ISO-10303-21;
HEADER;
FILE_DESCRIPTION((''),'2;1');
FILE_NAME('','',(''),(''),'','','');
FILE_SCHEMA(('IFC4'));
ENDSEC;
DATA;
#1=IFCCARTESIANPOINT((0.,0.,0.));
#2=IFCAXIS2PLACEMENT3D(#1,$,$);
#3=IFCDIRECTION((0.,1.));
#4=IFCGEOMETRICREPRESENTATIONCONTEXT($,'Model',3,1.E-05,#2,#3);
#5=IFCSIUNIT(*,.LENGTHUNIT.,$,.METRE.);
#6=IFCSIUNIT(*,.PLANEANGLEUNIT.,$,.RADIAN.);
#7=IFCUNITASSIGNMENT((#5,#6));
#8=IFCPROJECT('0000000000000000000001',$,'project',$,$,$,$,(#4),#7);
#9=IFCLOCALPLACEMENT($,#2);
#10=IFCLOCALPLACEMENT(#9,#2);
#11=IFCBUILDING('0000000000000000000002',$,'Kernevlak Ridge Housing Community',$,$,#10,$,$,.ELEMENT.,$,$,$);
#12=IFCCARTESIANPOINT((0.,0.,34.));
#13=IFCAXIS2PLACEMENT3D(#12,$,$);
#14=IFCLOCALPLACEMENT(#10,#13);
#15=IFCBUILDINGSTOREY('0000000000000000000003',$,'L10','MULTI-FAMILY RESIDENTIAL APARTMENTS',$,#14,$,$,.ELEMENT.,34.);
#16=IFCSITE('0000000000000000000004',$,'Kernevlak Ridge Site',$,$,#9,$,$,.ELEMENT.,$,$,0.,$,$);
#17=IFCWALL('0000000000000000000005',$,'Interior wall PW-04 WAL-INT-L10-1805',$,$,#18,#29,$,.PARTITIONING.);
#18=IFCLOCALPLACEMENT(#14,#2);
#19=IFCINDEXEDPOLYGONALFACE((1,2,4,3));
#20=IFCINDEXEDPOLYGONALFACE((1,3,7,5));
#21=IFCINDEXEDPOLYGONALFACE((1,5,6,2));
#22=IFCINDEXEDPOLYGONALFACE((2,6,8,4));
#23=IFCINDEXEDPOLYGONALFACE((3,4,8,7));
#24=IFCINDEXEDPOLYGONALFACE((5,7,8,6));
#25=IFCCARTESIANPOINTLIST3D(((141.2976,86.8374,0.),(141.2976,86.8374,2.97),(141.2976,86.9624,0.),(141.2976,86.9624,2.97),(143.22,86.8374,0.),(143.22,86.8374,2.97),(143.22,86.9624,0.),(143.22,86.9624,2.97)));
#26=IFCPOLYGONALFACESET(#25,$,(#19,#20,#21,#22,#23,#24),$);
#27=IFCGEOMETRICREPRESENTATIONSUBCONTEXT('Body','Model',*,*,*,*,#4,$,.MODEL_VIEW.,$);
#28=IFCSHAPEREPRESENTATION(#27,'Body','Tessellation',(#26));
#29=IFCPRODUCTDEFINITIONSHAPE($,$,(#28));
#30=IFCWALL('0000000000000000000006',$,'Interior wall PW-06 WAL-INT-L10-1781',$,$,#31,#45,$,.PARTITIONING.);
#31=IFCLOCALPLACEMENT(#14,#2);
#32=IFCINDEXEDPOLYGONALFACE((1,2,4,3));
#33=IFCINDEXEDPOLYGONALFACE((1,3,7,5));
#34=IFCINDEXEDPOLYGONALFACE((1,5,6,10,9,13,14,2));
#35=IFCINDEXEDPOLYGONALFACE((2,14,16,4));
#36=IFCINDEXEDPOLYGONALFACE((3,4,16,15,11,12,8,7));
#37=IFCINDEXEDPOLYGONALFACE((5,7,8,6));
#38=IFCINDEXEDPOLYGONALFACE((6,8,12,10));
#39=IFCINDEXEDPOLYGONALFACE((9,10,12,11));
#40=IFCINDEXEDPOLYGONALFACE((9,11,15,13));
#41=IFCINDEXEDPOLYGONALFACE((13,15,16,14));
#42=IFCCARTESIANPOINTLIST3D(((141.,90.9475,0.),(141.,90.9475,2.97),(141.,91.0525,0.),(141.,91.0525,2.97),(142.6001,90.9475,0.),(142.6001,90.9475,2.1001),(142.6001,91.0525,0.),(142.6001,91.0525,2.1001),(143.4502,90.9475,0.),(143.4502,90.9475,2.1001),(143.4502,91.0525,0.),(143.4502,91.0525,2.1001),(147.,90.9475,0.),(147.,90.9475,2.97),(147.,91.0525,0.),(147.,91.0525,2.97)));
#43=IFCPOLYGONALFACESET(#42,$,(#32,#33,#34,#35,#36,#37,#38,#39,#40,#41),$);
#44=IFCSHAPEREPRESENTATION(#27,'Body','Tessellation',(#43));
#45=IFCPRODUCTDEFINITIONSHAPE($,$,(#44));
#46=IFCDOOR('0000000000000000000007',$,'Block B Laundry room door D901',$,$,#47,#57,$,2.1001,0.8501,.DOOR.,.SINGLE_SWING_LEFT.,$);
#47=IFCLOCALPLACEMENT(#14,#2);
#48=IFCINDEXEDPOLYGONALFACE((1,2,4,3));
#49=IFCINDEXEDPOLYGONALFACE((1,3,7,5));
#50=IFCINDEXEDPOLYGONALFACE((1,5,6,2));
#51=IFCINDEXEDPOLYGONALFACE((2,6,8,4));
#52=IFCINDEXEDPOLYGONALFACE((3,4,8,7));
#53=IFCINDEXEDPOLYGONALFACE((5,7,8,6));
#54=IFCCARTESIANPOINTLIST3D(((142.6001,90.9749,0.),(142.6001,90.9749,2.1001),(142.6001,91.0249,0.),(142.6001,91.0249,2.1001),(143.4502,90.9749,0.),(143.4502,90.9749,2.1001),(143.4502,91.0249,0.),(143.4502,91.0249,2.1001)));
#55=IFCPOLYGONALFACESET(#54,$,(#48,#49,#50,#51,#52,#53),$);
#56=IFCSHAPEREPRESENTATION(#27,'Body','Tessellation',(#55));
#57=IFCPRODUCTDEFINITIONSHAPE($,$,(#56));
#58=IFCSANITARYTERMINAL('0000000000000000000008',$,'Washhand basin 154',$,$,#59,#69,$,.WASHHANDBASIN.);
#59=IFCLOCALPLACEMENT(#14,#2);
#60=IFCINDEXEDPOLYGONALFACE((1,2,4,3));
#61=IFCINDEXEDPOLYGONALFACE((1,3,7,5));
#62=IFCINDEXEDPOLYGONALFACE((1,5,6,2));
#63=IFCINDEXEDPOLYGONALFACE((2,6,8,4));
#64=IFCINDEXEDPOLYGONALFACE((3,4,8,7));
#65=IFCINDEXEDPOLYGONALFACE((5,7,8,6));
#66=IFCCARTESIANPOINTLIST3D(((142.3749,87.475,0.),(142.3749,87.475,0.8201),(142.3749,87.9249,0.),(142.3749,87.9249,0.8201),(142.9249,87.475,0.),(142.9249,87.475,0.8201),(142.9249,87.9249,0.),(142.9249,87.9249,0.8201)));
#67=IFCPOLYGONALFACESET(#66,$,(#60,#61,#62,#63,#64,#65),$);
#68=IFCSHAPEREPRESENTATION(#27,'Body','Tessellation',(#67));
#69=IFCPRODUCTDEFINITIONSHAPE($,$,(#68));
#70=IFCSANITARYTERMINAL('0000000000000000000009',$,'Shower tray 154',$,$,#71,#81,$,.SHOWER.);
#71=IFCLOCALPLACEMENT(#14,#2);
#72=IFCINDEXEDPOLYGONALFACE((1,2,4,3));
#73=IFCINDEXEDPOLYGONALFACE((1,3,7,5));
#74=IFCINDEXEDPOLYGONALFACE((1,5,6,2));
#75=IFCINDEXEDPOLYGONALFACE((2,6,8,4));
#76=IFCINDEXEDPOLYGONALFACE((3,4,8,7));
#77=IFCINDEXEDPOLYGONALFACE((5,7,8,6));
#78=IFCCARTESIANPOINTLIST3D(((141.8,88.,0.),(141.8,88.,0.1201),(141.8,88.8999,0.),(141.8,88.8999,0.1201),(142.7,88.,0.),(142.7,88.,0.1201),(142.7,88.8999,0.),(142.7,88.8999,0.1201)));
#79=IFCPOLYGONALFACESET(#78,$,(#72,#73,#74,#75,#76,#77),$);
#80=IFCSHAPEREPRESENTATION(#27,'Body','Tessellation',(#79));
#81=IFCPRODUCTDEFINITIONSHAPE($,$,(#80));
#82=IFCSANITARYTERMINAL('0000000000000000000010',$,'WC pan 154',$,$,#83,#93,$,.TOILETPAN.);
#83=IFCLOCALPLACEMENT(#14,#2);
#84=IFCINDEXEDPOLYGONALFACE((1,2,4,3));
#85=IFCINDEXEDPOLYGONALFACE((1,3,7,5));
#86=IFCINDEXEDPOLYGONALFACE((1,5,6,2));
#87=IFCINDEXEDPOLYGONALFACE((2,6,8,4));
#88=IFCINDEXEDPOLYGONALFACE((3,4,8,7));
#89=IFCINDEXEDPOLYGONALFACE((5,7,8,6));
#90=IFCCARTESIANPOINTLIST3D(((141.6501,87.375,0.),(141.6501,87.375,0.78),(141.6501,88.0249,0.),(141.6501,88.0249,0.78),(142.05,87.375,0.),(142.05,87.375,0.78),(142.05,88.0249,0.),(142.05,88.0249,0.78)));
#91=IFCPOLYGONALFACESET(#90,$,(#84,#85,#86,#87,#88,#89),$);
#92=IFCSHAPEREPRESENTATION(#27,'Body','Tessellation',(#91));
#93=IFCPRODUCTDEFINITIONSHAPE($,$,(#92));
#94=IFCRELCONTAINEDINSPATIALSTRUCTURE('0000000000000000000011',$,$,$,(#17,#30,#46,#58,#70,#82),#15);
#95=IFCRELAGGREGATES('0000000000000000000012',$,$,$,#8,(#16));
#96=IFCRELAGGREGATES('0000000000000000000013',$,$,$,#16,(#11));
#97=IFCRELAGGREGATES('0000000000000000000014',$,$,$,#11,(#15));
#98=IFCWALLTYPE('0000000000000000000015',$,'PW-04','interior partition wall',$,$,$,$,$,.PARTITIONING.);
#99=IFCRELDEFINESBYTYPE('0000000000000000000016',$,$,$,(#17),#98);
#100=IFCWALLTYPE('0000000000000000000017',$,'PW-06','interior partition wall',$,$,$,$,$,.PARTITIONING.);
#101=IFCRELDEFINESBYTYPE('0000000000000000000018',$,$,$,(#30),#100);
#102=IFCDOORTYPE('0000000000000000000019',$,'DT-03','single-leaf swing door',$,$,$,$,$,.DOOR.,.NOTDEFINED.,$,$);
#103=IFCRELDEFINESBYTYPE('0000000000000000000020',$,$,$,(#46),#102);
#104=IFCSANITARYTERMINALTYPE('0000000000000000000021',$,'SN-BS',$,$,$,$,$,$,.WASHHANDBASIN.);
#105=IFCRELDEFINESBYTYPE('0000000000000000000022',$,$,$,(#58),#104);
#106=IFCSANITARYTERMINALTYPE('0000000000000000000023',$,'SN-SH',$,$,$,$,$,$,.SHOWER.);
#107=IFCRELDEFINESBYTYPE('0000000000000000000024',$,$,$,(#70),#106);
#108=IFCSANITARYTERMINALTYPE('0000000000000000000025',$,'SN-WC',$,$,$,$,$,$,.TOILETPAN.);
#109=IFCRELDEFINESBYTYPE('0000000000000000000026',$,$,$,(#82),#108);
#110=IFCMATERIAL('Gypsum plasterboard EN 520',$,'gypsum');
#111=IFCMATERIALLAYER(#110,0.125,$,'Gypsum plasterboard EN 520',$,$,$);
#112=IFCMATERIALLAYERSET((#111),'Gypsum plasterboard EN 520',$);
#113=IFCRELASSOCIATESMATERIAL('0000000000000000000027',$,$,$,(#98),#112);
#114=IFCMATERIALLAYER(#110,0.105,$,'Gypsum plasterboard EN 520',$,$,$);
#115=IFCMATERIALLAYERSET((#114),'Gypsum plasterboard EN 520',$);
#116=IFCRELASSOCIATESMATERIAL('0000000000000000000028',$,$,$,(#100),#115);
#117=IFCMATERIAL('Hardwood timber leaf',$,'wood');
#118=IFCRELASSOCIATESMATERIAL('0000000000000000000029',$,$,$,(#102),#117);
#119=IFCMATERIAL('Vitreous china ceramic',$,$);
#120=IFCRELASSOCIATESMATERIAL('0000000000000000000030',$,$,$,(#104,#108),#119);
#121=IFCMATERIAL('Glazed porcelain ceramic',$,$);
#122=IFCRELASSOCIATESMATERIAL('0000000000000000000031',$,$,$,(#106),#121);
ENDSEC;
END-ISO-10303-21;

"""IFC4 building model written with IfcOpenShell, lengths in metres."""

from ifc_helpers import new_model, si_unit, direction, frame, frame_2d, origin, origin_2d, place, context, subcontext, project, spatial, rectangle, extrude, material, layer, layer_set, type_object, element, fill, save


model = new_model("IFC4")

# Units and contexts
model_context = context("Model", 3, precision=1e-05, world=origin(), true_north=direction((0.0, 1.0)))
body_context = subcontext(model_context, "Body", "Model", "MODEL_VIEW")
ifc_project = project(units=[si_unit("LENGTHUNIT", "METRE"), si_unit("PLANEANGLEUNIT", "RADIAN")], contexts=[model_context])

# Site, building, storey
site_placement = place(None, origin())
site = spatial("IfcSite", under=ifc_project, at=site_placement, Name="Kernevlak Ridge Site", CompositionType="ELEMENT", RefElevation=0.0)
building_placement = place(site_placement, origin())
building = spatial("IfcBuilding", under=site, at=building_placement, Name="Kernevlak Ridge Housing Community", CompositionType="ELEMENT")
storey_placement = place(building_placement, frame((0.0, 0.0, 34.0)))
storey = spatial("IfcBuildingStorey", under=building, at=storey_placement, Name="L10", Description="MULTI-FAMILY RESIDENTIAL APARTMENTS", CompositionType="ELEMENT", Elevation=34.0)

# Shared definitions
ifc_material_1 = material(Name="Gypsum plasterboard EN 520", Category="gypsum")
ifc_layer_1 = layer(ifc_material_1, 0.125, Name="Gypsum plasterboard EN 520")
ifc_layer_set_1 = layer_set([ifc_layer_1], Name="Gypsum plasterboard EN 520")
wall_type_1 = type_object("IfcWallType", Name="PW-04", Description="interior partition wall", PredefinedType="PARTITIONING", material=ifc_layer_set_1)

# Wall
wall_1_placement = place(storey_placement, frame((141.2976, 86.8999, 0.0), z_axis=(0.0, 0.0, 1.0), x_axis=(1.0, 0.0, 0.0)))
element("IfcWall", 1, at=wall_1_placement, inside=storey, type_object=wall_type_1, Name="Interior wall PW-04 WAL-INT-L10-1805", PredefinedType="PARTITIONING", context=body_context, shape_type="SweptSolid", body=[
    extrude(rectangle(XDim=1.9224, YDim=0.125, at=frame_2d((0.9612, 0.0))), origin(), (0.0, 0.0, 1.0), 2.97),
])

# Wall, opening, door
ifc_layer_2 = layer(ifc_material_1, 0.105, Name="Gypsum plasterboard EN 520")
ifc_layer_set_2 = layer_set([ifc_layer_2], Name="Gypsum plasterboard EN 520")
wall_type_2 = type_object("IfcWallType", Name="PW-06", Description="interior partition wall", PredefinedType="PARTITIONING", material=ifc_layer_set_2)
wall_2_placement = place(storey_placement, frame((141.0, 91.0, 0.0), z_axis=(0.0, 0.0, 1.0), x_axis=(1.0, 0.0, 0.0)))
wall_2 = element("IfcWall", 2, at=wall_2_placement, inside=storey, type_object=wall_type_2, Name="Interior wall PW-06 WAL-INT-L10-1781", PredefinedType="PARTITIONING", context=body_context, shape_type="SweptSolid", body=[
    extrude(rectangle(XDim=6.0, YDim=0.105, at=frame_2d((3.0, 0.0))), origin(), (0.0, 0.0, 1.0), 2.97),
])
opening_1_placement = place(wall_2_placement, frame((1.6001, 0.0, 0.0)))
opening_1 = element("IfcOpeningElement", 3, at=opening_1_placement, cuts=wall_2, PredefinedType="OPENING", context=body_context, shape_type="SweptSolid", body=[
    extrude(rectangle(XDim=0.8501, YDim=2.1001, at=frame_2d((0.425, 1.05))), frame((0.0, 0.0625, 0.0), z_axis=(0.0, -1.0, 0.0), x_axis=(1.0, 0.0, 0.0)), (0.0, 0.0, 1.0), 0.125),
])
ifc_material_2 = material(Name="Hardwood timber leaf", Category="wood")
door_type_1 = type_object("IfcDoorType", Name="DT-03", Description="single-leaf swing door", OperationType="NOTDEFINED", PredefinedType="DOOR", material=ifc_material_2)
door_1_placement = place(opening_1_placement, origin())
door_1 = element("IfcDoor", 4, at=door_1_placement, inside=storey, type_object=door_type_1, Name="Block B Laundry room door D901", OperationType="SINGLE_SWING_LEFT", OverallHeight=2.1001, OverallWidth=0.8501, PredefinedType="DOOR", context=body_context, shape_type="SweptSolid", body=[
    extrude(rectangle(XDim=0.8501, YDim=2.1001, at=frame_2d((0.425, 1.05))), frame((0.0, 0.0249, 0.0), z_axis=(0.0, -1.0, 0.0), x_axis=(1.0, 0.0, 0.0)), (0.0, 0.0, 1.0), 0.05),
])
fill(opening_1, door_1)

# Sanitary terminals
ifc_material_3 = material(Name="Vitreous china ceramic")
sanitary_terminal_type_1 = type_object("IfcSanitaryTerminalType", Name="SN-BS", PredefinedType="WASHHANDBASIN", material=ifc_material_3)
sanitary_terminal_1_placement = place(storey_placement, frame((142.6499, 87.7, 0.0), z_axis=(0.0, 0.0, 1.0), x_axis=(1.0, 0.0, 0.0)))
element("IfcSanitaryTerminal", 5, at=sanitary_terminal_1_placement, inside=storey, type_object=sanitary_terminal_type_1, Name="Washhand basin 154", PredefinedType="WASHHANDBASIN", context=body_context, shape_type="SweptSolid", body=[
    extrude(rectangle(XDim=0.55, YDim=0.45, at=origin_2d()), origin(), (0.0, 0.0, 1.0), 0.8201),
])
ifc_material_4 = material(Name="Glazed porcelain ceramic")
sanitary_terminal_type_2 = type_object("IfcSanitaryTerminalType", Name="SN-SH", PredefinedType="SHOWER", material=ifc_material_4)
sanitary_terminal_2_placement = place(storey_placement, frame((142.25, 88.45, 0.0), z_axis=(0.0, 0.0, 1.0), x_axis=(1.0, 0.0, 0.0)))
element("IfcSanitaryTerminal", 6, at=sanitary_terminal_2_placement, inside=storey, type_object=sanitary_terminal_type_2, Name="Shower tray 154", PredefinedType="SHOWER", context=body_context, shape_type="SweptSolid", body=[
    extrude(rectangle(XDim=0.8999, YDim=0.8999, at=origin_2d()), origin(), (0.0, 0.0, 1.0), 0.1201),
])
sanitary_terminal_type_3 = type_object("IfcSanitaryTerminalType", Name="SN-WC", PredefinedType="TOILETPAN", material=ifc_material_3)
sanitary_terminal_3_placement = place(storey_placement, frame((141.8501, 87.7, 0.0), z_axis=(0.0, 0.0, 1.0), x_axis=(1.0, 0.0, 0.0)))
element("IfcSanitaryTerminal", 7, at=sanitary_terminal_3_placement, inside=storey, type_object=sanitary_terminal_type_3, Name="WC pan 154", PredefinedType="TOILETPAN", context=body_context, shape_type="SweptSolid", body=[
    extrude(rectangle(XDim=0.3999, YDim=0.6499, at=origin_2d()), origin(), (0.0, 0.0, 1.0), 0.78),
])

save(model, "model.ifc")
